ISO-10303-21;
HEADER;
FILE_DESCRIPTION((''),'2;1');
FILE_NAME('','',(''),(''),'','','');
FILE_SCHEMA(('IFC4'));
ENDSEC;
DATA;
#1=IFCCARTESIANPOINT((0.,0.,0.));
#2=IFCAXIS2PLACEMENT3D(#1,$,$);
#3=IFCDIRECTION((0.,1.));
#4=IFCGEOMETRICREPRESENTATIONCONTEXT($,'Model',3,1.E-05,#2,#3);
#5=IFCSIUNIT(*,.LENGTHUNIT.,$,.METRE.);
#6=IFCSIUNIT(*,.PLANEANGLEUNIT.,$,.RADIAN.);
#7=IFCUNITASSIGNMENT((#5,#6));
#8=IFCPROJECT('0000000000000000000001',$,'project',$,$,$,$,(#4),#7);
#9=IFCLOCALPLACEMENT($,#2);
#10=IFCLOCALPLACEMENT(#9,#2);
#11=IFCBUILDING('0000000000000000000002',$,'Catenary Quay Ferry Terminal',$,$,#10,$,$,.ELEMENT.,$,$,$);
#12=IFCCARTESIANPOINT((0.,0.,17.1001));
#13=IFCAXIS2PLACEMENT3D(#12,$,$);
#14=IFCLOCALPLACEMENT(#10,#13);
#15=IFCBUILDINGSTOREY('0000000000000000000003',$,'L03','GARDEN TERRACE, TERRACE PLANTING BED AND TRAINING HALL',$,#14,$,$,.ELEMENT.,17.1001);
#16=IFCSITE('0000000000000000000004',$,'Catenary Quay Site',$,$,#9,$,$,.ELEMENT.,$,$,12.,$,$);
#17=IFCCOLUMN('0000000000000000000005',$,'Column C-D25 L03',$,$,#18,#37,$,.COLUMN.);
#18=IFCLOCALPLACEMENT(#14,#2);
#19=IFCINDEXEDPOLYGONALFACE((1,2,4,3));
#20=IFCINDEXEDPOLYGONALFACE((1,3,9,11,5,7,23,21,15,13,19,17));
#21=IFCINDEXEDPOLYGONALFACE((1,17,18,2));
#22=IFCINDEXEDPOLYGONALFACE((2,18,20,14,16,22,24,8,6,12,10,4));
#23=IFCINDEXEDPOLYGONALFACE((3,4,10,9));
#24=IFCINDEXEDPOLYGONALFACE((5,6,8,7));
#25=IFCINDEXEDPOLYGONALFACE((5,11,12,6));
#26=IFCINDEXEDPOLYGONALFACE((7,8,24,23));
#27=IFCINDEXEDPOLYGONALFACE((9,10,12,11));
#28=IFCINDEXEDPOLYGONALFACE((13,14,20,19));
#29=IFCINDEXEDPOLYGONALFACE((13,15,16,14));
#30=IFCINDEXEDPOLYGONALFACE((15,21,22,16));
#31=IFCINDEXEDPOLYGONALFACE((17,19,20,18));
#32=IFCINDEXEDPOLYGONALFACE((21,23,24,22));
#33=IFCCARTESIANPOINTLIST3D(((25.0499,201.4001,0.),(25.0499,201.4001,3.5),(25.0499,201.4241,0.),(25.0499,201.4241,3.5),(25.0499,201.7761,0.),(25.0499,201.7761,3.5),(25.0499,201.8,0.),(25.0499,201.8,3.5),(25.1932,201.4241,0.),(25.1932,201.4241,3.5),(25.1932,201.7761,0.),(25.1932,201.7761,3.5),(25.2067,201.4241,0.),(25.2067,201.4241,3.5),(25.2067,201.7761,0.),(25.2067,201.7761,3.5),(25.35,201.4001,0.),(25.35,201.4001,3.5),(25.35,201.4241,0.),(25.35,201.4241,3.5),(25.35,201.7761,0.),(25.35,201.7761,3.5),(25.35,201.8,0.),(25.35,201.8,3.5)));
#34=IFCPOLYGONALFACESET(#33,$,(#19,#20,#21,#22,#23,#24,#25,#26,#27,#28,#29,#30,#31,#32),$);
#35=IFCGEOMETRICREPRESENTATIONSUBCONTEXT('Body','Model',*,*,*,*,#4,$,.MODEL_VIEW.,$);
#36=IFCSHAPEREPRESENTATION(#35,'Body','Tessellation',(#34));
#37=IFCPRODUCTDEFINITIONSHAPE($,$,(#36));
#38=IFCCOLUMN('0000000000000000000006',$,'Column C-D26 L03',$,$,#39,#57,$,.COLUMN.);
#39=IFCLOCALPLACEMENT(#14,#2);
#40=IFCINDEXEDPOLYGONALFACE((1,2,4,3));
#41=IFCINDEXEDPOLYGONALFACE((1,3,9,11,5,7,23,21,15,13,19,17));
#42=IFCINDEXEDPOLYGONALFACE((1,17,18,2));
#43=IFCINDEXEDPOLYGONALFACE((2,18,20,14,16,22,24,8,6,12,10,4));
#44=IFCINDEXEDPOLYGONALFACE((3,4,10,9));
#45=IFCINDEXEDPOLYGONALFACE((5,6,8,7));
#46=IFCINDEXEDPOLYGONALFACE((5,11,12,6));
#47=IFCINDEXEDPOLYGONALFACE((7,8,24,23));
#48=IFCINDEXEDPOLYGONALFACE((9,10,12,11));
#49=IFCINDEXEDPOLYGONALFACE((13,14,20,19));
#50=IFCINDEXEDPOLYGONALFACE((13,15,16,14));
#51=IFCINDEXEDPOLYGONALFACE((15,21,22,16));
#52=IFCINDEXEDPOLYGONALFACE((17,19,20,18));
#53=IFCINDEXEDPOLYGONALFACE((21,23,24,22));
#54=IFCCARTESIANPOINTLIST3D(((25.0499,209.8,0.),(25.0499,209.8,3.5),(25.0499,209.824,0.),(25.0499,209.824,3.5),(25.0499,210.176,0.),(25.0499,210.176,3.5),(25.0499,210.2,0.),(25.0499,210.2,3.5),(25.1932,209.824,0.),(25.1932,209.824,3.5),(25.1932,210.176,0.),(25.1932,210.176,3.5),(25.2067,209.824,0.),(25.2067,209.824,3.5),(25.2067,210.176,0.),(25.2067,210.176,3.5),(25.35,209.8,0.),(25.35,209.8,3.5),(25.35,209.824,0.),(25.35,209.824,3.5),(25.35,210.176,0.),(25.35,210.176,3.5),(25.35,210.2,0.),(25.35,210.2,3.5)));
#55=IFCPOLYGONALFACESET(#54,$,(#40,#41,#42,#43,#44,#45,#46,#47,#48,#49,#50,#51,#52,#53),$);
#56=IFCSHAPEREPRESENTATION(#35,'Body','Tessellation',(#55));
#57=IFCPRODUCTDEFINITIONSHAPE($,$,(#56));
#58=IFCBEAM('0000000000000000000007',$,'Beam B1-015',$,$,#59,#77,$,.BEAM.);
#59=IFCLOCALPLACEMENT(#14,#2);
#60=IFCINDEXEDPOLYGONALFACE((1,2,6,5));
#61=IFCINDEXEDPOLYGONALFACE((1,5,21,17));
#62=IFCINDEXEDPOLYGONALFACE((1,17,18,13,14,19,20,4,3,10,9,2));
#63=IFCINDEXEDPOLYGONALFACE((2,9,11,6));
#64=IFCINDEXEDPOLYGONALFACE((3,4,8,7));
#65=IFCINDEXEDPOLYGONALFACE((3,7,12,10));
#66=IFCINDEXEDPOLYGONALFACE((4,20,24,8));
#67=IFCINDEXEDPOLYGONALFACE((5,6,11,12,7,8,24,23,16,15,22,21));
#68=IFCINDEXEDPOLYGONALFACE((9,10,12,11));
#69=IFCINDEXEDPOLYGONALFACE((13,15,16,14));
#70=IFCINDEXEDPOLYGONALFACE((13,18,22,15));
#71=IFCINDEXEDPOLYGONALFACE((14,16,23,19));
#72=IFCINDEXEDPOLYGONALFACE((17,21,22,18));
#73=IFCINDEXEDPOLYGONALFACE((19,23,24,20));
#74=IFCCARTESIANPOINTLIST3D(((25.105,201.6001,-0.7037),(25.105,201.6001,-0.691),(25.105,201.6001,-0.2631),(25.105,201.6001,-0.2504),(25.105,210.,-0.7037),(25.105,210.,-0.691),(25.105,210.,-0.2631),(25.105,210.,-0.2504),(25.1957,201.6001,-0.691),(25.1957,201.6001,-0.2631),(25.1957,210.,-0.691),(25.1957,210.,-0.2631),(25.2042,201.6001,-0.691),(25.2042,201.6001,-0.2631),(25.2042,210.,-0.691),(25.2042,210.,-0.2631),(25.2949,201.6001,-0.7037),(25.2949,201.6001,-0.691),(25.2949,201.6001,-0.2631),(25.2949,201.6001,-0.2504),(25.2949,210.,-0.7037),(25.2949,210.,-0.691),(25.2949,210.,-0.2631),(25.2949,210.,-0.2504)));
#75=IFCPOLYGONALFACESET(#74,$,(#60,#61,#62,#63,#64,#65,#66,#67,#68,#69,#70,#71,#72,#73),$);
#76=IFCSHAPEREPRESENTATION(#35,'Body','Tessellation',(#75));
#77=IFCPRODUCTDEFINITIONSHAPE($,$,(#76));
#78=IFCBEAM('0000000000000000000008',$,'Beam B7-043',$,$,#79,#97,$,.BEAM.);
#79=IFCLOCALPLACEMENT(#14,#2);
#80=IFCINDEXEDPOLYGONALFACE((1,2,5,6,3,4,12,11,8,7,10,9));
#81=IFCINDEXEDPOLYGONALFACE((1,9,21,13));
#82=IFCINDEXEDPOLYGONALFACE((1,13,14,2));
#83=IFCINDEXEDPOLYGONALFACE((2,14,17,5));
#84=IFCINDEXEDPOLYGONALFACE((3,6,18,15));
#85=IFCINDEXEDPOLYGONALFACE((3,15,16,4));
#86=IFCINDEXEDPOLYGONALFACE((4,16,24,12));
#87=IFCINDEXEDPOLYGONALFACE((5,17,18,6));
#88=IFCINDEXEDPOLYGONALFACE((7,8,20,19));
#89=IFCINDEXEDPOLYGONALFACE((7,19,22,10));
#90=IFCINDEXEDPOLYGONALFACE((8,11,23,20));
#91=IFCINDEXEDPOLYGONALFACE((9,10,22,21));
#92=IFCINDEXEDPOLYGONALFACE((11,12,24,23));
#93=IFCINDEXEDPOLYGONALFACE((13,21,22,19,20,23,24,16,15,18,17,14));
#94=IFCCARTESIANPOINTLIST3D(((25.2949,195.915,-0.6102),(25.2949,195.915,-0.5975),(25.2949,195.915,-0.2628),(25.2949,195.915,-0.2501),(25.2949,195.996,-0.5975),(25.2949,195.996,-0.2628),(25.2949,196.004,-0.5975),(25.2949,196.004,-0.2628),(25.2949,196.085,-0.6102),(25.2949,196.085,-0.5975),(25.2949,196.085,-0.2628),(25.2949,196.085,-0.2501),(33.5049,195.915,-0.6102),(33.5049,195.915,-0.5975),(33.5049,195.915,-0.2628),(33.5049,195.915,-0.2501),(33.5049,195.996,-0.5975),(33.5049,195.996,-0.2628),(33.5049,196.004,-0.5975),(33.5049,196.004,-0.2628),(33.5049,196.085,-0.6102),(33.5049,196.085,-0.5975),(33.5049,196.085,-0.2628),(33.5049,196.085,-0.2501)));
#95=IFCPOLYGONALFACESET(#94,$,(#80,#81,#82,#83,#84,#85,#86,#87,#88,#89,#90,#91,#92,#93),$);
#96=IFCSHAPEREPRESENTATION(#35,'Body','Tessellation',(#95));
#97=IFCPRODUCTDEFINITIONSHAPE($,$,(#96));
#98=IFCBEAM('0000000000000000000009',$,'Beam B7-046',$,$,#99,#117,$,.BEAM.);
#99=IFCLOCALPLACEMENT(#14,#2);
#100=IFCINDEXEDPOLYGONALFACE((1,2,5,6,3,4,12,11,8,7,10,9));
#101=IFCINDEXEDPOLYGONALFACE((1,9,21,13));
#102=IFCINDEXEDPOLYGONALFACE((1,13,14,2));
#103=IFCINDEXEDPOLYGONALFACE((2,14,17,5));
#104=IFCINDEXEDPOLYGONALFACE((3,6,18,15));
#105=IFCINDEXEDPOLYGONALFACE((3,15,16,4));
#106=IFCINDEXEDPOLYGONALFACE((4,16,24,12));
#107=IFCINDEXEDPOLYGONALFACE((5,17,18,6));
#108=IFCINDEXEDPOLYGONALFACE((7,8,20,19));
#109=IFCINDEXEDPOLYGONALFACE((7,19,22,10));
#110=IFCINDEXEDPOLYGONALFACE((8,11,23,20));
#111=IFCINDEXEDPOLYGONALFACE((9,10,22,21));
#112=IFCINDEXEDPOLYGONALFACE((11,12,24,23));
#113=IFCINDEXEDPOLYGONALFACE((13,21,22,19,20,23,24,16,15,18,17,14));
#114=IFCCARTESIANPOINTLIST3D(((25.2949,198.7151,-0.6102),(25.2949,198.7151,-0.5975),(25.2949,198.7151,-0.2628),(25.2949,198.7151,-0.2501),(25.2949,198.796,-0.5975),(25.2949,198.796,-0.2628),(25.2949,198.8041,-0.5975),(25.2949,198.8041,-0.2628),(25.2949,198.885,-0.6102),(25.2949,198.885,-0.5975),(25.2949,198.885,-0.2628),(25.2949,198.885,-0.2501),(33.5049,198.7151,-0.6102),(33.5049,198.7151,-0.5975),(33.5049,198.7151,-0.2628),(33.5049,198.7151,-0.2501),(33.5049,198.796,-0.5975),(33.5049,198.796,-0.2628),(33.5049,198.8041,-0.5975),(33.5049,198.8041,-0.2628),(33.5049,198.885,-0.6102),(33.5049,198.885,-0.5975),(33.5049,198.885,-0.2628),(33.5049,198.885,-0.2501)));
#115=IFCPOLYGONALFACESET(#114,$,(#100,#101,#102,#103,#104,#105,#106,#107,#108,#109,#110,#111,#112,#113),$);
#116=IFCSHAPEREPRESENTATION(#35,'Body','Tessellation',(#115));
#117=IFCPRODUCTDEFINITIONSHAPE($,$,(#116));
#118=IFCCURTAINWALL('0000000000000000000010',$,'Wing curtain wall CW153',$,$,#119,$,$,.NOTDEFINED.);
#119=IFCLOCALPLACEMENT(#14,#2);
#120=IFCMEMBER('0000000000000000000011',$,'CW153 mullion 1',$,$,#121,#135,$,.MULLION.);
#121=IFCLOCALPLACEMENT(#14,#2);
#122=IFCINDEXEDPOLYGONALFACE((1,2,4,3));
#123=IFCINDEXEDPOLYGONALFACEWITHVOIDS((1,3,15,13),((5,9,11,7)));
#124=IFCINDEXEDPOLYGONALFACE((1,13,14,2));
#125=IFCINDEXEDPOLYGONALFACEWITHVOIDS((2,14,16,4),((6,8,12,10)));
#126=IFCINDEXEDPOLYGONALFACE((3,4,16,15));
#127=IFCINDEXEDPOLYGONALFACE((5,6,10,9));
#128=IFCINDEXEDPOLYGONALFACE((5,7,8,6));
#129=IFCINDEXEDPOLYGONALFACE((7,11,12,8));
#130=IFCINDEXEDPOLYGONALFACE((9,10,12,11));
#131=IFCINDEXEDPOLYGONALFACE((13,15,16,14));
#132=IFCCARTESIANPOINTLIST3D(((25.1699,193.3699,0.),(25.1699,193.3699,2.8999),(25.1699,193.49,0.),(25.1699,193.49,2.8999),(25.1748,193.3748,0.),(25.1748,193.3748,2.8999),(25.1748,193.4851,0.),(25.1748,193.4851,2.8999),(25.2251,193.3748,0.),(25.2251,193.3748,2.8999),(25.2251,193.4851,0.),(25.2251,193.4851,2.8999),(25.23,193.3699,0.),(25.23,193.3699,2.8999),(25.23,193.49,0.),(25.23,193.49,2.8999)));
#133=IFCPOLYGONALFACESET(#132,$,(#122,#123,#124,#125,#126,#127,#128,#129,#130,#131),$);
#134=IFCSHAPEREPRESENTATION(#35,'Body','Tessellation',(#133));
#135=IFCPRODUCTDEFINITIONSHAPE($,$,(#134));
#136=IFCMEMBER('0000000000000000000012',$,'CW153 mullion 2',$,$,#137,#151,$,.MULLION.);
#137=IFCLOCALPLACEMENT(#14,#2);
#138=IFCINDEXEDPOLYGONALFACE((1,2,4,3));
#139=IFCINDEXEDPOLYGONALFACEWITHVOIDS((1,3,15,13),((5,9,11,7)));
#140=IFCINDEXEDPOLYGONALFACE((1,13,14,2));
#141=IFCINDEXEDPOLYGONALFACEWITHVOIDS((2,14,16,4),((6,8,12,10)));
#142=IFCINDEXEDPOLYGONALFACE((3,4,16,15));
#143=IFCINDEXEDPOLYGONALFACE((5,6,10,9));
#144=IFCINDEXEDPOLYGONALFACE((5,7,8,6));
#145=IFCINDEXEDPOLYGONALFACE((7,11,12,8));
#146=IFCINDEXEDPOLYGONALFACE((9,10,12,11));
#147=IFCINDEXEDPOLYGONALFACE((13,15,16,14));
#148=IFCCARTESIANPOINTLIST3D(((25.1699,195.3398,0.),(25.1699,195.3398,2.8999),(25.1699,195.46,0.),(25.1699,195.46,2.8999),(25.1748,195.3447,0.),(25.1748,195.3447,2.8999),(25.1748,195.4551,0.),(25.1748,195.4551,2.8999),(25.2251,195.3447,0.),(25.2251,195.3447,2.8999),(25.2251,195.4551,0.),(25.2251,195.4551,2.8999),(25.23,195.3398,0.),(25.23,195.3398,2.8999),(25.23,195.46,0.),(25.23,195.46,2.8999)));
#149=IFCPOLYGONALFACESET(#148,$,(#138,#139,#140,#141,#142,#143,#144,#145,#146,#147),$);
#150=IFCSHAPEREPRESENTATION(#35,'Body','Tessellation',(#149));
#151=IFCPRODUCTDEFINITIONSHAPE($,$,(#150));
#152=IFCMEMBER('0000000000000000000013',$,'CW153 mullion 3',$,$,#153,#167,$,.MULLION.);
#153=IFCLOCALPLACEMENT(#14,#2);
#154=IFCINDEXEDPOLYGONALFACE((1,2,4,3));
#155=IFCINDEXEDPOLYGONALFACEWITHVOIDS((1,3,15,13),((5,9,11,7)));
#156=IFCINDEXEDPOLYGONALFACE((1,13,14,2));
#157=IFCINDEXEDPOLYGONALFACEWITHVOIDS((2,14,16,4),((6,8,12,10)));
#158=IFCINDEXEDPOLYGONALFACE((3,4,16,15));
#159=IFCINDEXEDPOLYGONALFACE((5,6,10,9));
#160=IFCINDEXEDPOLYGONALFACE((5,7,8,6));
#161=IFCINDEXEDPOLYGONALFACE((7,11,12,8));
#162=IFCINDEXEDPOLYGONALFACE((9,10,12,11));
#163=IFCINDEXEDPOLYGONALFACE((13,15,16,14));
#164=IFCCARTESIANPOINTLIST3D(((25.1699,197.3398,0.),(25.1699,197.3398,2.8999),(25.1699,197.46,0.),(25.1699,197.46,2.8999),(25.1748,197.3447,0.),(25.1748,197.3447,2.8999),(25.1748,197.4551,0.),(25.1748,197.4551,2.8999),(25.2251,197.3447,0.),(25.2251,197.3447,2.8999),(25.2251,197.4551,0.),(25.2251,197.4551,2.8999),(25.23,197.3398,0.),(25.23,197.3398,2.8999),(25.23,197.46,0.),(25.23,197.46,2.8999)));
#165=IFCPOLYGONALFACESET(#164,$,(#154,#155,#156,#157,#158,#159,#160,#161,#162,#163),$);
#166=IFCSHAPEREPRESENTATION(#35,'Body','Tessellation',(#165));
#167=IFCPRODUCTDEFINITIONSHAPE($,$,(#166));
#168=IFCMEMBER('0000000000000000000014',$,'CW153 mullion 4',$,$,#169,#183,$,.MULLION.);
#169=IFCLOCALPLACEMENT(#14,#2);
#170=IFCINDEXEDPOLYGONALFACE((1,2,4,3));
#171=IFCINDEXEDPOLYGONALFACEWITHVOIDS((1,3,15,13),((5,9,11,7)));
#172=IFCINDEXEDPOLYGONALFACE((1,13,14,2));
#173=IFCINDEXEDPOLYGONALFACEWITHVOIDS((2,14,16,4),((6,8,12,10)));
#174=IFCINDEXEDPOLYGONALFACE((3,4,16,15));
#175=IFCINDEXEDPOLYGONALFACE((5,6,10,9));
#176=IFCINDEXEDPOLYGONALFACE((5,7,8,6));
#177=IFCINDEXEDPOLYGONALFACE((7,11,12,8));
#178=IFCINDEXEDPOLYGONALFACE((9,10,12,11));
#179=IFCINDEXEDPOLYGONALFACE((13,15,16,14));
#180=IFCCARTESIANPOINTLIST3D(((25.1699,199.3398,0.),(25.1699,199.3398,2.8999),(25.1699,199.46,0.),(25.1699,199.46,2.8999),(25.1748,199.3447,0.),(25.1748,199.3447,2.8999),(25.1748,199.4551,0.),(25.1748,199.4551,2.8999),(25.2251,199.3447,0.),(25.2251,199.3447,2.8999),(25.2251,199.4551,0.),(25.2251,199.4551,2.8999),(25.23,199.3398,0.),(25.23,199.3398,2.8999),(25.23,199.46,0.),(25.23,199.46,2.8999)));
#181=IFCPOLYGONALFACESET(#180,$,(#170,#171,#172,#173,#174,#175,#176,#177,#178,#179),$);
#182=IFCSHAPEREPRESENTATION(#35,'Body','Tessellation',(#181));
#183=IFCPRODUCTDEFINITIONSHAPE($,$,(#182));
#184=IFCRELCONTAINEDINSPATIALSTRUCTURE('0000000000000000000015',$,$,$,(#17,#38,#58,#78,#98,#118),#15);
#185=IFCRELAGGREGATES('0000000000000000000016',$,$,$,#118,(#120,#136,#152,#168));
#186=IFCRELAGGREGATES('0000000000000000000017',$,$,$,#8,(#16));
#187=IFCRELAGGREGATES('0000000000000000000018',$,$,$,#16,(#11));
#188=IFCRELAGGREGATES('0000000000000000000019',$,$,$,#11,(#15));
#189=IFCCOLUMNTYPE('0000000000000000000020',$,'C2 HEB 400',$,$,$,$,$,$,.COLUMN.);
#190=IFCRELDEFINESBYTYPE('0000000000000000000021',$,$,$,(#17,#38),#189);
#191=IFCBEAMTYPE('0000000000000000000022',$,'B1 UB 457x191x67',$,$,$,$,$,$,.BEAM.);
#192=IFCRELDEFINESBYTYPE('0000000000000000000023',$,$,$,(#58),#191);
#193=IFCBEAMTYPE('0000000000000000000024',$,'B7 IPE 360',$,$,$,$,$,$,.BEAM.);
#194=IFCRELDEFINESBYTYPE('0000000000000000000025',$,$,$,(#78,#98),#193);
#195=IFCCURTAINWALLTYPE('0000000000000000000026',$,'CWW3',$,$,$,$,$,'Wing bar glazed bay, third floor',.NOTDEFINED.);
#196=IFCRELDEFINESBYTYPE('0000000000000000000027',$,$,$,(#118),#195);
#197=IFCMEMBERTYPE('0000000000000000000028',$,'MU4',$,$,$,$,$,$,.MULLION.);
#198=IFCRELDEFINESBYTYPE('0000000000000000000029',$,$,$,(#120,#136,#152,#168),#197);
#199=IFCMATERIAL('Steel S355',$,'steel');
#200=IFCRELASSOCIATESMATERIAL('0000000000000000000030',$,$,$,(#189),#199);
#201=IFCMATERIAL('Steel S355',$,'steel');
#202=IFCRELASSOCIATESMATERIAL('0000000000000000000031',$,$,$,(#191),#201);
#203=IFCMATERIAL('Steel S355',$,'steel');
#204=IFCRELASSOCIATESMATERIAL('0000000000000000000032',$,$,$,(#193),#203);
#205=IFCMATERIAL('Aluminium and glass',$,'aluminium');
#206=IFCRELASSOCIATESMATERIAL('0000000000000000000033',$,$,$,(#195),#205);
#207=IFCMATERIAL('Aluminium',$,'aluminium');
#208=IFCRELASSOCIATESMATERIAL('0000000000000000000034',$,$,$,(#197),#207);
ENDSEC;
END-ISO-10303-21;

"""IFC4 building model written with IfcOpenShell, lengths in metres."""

from ifc_helpers import new_model, si_unit, direction, frame, origin, origin_2d, place, context, subcontext, project, spatial, hollow_rectangle, i_section, extrude, material, material_profile, profile_set, type_object, element, aggregate, save


model = new_model("IFC4")

# Units and contexts
model_context = context("Model", 3, precision=1e-05, world=origin(), true_north=direction((0.0, 1.0)))
body_context = subcontext(model_context, "Body", "Model", "MODEL_VIEW")
ifc_project = project(units=[si_unit("LENGTHUNIT", "METRE"), si_unit("PLANEANGLEUNIT", "RADIAN")], contexts=[model_context])

# Site, building, storey
site_placement = place(None, origin())
site = spatial("IfcSite", under=ifc_project, at=site_placement, Name="Catenary Quay Site", CompositionType="ELEMENT", RefElevation=12.0)
building_placement = place(site_placement, origin())
building = spatial("IfcBuilding", under=site, at=building_placement, Name="Catenary Quay Ferry Terminal", CompositionType="ELEMENT")
storey_placement = place(building_placement, frame((0.0, 0.0, 17.1001)))
storey = spatial("IfcBuildingStorey", under=building, at=storey_placement, Name="L03", Description="GARDEN TERRACE, TERRACE PLANTING BED AND TRAINING HALL", CompositionType="ELEMENT", Elevation=17.1001)

# Columns
ifc_material_1 = material(Name="Steel S355", Category="steel")
ifc_material_profile_1 = material_profile(ifc_material_1, i_section(OverallWidth=0.3, OverallDepth=0.3999, WebThickness=0.0134, FlangeThickness=0.0239, at=origin_2d()), Name="HEB 400")
ifc_profile_set_1 = profile_set([ifc_material_profile_1], Name="Steel S355")
column_type = type_object("IfcColumnType", Name="C2 HEB 400", PredefinedType="COLUMN", material=ifc_profile_set_1)
for number, where, z_axis, x_axis, name in (
    (1, (25.2, 201.6001, 0.0), (0.0, 0.0, 1.0), (1.0, 0.0, 0.0), "Column C-D25 L03"),
    (2, (25.2, 210.0, 0.0), (0.0, 0.0, 1.0), (1.0, 0.0, 0.0), "Column C-D26 L03"),
):
    element("IfcColumn", number, at=place(storey_placement, frame(where, z_axis=z_axis, x_axis=x_axis)), inside=storey, type_object=column_type, Name=name, PredefinedType="COLUMN", context=body_context, shape_type="SweptSolid", body=[
        extrude(i_section(OverallWidth=0.3, OverallDepth=0.3999, WebThickness=0.0134, FlangeThickness=0.0239, at=origin_2d()), origin(), (0.0, 0.0, 1.0), 3.5),
    ])

# Beams
ifc_material_2 = material(Name="Steel S355", Category="steel")
ifc_material_profile_2 = material_profile(ifc_material_2, i_section(OverallWidth=0.1899, OverallDepth=0.4534, WebThickness=0.0085, FlangeThickness=0.0127, at=origin_2d()), Name="UB 457x191x67")
ifc_profile_set_2 = profile_set([ifc_material_profile_2], Name="Steel S355")
beam_type_1 = type_object("IfcBeamType", Name="B1 UB 457x191x67", PredefinedType="BEAM", material=ifc_profile_set_2)
beam_placement = place(storey_placement, frame((25.2, 201.6001, -0.4771), z_axis=(0.0, 1.0, 0.0), x_axis=(-1.0, 0.0, 0.0)))
element("IfcBeam", 3, at=beam_placement, inside=storey, type_object=beam_type_1, Name="Beam B1-015", PredefinedType="BEAM", context=body_context, shape_type="SweptSolid", body=[
    extrude(i_section(OverallWidth=0.1899, OverallDepth=0.4534, WebThickness=0.0085, FlangeThickness=0.0127, at=origin_2d()), origin(), (0.0, 0.0, 1.0), 8.3999),
])
ifc_material_3 = material(Name="Steel S355", Category="steel")
ifc_material_profile_3 = material_profile(ifc_material_3, i_section(OverallWidth=0.1699, OverallDepth=0.3601, WebThickness=0.0081, FlangeThickness=0.0127, at=origin_2d()), Name="IPE 360")
ifc_profile_set_3 = profile_set([ifc_material_profile_3], Name="Steel S355")
beam_type_2 = type_object("IfcBeamType", Name="B7 IPE 360", PredefinedType="BEAM", material=ifc_profile_set_3)
for number, where, z_axis, x_axis, name in (
    (4, (25.2949, 196.0, -0.4302), (1.0, 0.0, 0.0), (0.0, 1.0, 0.0), "Beam B7-043"),
    (5, (25.2949, 198.8, -0.4302), (1.0, 0.0, 0.0), (0.0, 1.0, 0.0), "Beam B7-046"),
):
    element("IfcBeam", number, at=place(storey_placement, frame(where, z_axis=z_axis, x_axis=x_axis)), inside=storey, type_object=beam_type_2, Name=name, PredefinedType="BEAM", context=body_context, shape_type="SweptSolid", body=[
        extrude(i_section(OverallWidth=0.1699, OverallDepth=0.3601, WebThickness=0.0081, FlangeThickness=0.0127, at=origin_2d()), origin(), (0.0, 0.0, 1.0), 8.21),
    ])

# Curtain wall, members
ifc_material_4 = material(Name="Aluminium and glass", Category="aluminium")
curtain_wall_type = type_object("IfcCurtainWallType", Name="CWW3", ElementType="Wing bar glazed bay, third floor", PredefinedType="NOTDEFINED", material=ifc_material_4)
curtain_wall_placement = place(storey_placement, origin())
curtain_wall = element("IfcCurtainWall", 6, at=curtain_wall_placement, inside=storey, type_object=curtain_wall_type, Name="Wing curtain wall CW153", PredefinedType="NOTDEFINED")
ifc_material_5 = material(Name="Aluminium", Category="aluminium")
ifc_material_profile_4 = material_profile(ifc_material_5, hollow_rectangle(XDim=0.0601, YDim=0.1201, WallThickness=0.0049, at=origin_2d()), Name="MU4")
ifc_profile_set_4 = profile_set([ifc_material_profile_4], Name="Aluminium")
member_type_1 = type_object("IfcMemberType", Name="MU4", PredefinedType="MULLION", material=ifc_profile_set_4)
member_1_placement = place(storey_placement, frame((25.2, 193.4299, 0.0), z_axis=(0.0, 0.0, 1.0), x_axis=(-1.0, 0.0, 0.0)))
member_1 = element("IfcMember", 7, at=member_1_placement, type_object=member_type_1, Name="CW153 mullion 1", PredefinedType="MULLION", context=body_context, shape_type="SweptSolid", body=[
    extrude(hollow_rectangle(XDim=0.0601, YDim=0.1201, WallThickness=0.0049, at=origin_2d()), origin(), (0.0, 0.0, 1.0), 2.8999),
])
member_2_placement = place(storey_placement, frame((25.2, 195.3999, 0.0), z_axis=(0.0, 0.0, 1.0), x_axis=(-1.0, 0.0, 0.0)))
member_2 = element("IfcMember", 8, at=member_2_placement, type_object=member_type_1, Name="CW153 mullion 2", PredefinedType="MULLION", context=body_context, shape_type="SweptSolid", body=[
    extrude(hollow_rectangle(XDim=0.0601, YDim=0.1201, WallThickness=0.0049, at=origin_2d()), origin(), (0.0, 0.0, 1.0), 2.8999),
])
member_3_placement = place(storey_placement, frame((25.2, 197.3999, 0.0), z_axis=(0.0, 0.0, 1.0), x_axis=(-1.0, 0.0, 0.0)))
member_3 = element("IfcMember", 9, at=member_3_placement, type_object=member_type_1, Name="CW153 mullion 3", PredefinedType="MULLION", context=body_context, shape_type="SweptSolid", body=[
    extrude(hollow_rectangle(XDim=0.0601, YDim=0.1201, WallThickness=0.0049, at=origin_2d()), origin(), (0.0, 0.0, 1.0), 2.8999),
])
member_4_placement = place(storey_placement, frame((25.2, 199.3999, 0.0), z_axis=(0.0, 0.0, 1.0), x_axis=(-1.0, 0.0, 0.0)))
member_4 = element("IfcMember", 10, at=member_4_placement, type_object=member_type_1, Name="CW153 mullion 4", PredefinedType="MULLION", context=body_context, shape_type="SweptSolid", body=[
    extrude(hollow_rectangle(XDim=0.0601, YDim=0.1201, WallThickness=0.0049, at=origin_2d()), origin(), (0.0, 0.0, 1.0), 2.8999),
])
aggregate(curtain_wall, [member_1, member_2, member_3, member_4])

save(model, "model.ifc")
